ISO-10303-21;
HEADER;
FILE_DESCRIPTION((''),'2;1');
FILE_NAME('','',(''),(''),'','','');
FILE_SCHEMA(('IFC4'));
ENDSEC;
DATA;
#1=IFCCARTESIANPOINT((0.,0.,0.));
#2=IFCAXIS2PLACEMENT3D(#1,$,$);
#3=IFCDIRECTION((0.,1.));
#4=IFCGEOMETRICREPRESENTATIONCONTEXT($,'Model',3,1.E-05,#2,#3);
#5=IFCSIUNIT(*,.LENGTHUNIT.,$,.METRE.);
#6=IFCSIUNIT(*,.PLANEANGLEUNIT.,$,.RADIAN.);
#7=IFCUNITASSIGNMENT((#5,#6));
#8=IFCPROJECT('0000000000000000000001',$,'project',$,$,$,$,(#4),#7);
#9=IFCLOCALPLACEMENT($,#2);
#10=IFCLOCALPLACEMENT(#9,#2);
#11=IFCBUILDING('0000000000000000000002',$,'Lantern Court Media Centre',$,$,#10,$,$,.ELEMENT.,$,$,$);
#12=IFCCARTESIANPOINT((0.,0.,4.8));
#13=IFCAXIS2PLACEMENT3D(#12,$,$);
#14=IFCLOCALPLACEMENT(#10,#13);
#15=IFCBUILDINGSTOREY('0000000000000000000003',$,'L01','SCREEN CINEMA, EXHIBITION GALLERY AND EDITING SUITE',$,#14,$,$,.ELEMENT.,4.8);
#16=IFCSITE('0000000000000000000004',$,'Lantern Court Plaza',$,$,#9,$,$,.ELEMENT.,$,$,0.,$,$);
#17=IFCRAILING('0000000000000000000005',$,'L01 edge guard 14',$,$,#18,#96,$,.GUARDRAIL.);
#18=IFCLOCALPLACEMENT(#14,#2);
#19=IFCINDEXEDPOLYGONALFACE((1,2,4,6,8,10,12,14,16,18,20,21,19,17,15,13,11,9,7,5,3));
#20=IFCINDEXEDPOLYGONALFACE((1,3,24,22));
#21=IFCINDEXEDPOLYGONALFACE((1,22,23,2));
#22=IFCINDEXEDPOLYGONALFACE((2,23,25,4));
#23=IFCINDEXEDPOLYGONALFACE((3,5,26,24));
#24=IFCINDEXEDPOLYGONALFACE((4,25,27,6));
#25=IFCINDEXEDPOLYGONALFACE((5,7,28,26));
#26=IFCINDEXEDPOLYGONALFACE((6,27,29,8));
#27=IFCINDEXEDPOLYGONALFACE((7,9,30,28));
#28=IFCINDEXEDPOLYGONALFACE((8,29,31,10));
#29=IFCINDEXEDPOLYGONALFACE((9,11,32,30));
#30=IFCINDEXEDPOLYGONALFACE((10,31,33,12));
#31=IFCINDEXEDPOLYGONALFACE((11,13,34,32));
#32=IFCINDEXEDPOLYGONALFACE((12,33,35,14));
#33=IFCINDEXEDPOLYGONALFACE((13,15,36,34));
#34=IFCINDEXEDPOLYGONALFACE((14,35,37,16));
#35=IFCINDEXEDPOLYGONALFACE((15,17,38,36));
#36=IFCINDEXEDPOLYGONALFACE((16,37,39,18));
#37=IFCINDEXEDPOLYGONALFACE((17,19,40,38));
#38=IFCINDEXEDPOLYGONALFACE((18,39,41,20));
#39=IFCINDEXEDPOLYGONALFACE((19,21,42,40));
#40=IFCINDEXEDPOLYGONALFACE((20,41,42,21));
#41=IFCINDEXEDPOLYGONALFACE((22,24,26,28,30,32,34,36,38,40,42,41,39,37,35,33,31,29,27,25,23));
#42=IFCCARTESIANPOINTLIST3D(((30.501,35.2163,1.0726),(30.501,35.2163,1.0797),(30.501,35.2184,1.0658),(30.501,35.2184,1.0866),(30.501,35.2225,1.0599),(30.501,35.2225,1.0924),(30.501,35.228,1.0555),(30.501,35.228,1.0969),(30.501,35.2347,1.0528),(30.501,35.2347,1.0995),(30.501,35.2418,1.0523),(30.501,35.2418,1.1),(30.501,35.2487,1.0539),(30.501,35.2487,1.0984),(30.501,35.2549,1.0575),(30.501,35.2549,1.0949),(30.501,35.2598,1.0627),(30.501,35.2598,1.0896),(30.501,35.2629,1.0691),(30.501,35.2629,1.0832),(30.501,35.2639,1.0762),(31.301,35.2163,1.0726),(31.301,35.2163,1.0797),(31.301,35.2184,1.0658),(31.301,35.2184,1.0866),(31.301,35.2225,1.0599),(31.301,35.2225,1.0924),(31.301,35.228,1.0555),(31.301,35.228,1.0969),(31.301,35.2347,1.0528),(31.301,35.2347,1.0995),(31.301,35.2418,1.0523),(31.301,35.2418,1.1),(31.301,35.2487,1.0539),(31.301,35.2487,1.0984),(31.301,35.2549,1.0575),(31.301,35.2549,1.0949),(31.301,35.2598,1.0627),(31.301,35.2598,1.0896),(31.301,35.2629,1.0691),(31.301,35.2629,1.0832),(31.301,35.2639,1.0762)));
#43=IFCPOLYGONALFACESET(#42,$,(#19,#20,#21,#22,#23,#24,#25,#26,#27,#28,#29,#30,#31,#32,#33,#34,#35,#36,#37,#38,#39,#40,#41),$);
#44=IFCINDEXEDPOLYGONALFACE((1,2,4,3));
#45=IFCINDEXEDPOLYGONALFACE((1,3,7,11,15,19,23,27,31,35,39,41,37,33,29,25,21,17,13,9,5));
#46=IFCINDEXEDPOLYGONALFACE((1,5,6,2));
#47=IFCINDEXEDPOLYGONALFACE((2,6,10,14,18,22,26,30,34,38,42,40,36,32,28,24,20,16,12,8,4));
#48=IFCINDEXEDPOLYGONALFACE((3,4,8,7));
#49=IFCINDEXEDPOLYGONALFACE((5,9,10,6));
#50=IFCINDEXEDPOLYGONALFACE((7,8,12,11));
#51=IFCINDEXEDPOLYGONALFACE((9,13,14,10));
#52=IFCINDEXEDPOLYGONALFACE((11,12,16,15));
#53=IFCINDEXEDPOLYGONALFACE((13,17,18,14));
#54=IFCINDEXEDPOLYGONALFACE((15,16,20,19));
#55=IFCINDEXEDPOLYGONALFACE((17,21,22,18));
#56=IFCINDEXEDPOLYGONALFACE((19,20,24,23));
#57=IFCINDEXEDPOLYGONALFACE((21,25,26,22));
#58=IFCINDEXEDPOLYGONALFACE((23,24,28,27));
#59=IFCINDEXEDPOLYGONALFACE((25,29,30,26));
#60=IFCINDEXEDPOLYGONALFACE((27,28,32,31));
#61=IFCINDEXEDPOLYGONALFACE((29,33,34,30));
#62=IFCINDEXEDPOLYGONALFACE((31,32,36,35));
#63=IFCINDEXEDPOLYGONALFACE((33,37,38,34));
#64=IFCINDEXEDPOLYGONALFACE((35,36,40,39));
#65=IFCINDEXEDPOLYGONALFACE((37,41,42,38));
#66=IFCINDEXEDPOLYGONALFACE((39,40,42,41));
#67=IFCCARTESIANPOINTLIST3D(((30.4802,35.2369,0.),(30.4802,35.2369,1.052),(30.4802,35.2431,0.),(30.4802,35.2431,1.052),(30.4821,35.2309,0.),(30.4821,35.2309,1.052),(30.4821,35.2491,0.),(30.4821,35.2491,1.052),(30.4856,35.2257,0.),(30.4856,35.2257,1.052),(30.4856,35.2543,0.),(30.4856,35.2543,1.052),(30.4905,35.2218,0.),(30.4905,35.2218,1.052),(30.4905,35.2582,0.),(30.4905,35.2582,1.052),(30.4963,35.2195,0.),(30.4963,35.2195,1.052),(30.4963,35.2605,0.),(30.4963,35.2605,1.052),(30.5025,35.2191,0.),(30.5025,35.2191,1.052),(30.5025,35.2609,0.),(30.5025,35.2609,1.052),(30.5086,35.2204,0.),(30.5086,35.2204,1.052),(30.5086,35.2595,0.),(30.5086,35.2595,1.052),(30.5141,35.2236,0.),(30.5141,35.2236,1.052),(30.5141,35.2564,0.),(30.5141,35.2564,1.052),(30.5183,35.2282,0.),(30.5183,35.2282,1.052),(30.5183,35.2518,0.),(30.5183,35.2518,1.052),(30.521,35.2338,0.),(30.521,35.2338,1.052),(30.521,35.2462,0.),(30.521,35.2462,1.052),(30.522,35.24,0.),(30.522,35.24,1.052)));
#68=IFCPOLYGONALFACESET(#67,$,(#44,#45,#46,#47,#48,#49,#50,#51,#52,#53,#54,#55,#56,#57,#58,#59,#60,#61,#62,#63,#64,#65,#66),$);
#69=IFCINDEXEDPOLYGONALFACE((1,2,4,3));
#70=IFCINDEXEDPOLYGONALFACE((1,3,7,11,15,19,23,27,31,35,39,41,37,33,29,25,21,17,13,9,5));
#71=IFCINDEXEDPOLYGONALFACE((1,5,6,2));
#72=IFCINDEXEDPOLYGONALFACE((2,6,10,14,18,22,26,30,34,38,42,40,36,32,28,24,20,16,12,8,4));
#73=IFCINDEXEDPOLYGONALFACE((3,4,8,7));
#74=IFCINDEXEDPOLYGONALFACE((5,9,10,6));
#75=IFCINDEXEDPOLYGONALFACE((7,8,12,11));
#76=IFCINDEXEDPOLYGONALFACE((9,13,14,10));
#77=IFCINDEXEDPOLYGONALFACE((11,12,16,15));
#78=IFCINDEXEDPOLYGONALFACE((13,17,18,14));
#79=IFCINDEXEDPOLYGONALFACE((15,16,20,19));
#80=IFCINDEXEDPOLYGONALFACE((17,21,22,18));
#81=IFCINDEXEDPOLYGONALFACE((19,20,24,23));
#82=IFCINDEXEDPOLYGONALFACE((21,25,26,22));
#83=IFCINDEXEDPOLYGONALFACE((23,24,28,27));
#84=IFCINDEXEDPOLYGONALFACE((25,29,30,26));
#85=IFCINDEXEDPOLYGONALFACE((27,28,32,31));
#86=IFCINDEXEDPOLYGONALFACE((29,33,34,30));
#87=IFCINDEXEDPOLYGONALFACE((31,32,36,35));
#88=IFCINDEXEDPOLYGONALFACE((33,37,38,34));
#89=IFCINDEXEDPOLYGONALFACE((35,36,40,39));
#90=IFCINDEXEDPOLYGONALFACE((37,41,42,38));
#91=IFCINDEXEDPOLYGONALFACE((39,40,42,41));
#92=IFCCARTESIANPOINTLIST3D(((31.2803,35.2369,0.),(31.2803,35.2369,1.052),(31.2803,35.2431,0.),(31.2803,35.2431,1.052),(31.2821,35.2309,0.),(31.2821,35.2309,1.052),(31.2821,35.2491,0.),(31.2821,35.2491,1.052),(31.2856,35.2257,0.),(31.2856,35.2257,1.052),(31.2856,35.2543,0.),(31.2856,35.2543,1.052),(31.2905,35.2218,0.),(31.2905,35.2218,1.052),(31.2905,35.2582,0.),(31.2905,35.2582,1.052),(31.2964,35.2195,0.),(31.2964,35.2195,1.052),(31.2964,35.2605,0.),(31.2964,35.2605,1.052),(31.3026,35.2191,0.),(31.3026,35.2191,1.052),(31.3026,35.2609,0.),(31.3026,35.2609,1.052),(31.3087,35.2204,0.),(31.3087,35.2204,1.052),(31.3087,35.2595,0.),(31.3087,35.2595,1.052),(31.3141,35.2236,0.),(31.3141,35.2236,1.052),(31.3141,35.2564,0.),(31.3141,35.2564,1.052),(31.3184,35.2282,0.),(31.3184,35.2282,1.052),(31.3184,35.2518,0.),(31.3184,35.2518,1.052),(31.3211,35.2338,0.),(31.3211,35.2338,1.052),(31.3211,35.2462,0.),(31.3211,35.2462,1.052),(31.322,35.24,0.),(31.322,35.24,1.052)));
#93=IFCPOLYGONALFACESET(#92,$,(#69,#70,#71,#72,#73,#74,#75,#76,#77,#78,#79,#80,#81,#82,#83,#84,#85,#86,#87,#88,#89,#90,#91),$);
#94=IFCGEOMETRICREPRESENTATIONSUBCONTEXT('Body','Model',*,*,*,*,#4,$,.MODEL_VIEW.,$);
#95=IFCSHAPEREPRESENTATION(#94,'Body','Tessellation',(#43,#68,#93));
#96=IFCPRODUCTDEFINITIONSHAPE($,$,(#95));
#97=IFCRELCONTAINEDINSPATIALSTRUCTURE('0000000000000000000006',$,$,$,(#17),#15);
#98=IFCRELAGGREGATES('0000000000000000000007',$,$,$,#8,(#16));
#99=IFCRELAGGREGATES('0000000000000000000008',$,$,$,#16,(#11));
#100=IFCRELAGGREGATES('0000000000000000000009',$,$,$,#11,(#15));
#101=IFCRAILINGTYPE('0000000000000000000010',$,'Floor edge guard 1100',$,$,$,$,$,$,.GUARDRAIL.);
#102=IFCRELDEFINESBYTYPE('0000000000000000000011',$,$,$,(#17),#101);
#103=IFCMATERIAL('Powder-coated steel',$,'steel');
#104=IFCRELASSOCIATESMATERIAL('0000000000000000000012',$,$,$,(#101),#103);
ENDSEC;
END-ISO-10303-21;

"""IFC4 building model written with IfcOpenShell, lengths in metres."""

from ifc_helpers import new_model, si_unit, direction, frame, origin, origin_2d, place, context, subcontext, project, spatial, circle, extrude, material, type_object, element, save


model = new_model("IFC4")

# Units and contexts
model_context = context("Model", 3, precision=1e-05, world=origin(), true_north=direction((0.0, 1.0)))
body_context = subcontext(model_context, "Body", "Model", "MODEL_VIEW")
ifc_project = project(units=[si_unit("LENGTHUNIT", "METRE"), si_unit("PLANEANGLEUNIT", "RADIAN")], contexts=[model_context])

# Site, building, storey
site_placement = place(None, origin())
site = spatial("IfcSite", under=ifc_project, at=site_placement, Name="Lantern Court Plaza", CompositionType="ELEMENT", RefElevation=0.0)
building_placement = place(site_placement, origin())
building = spatial("IfcBuilding", under=site, at=building_placement, Name="Lantern Court Media Centre", CompositionType="ELEMENT")
storey_placement = place(building_placement, frame((0.0, 0.0, 4.8)))
storey = spatial("IfcBuildingStorey", under=building, at=storey_placement, Name="L01", Description="SCREEN CINEMA, EXHIBITION GALLERY AND EDITING SUITE", CompositionType="ELEMENT", Elevation=4.8)

# Railing
ifc_material_1 = material(Name="Powder-coated steel", Category="steel")
railing_type_1 = type_object("IfcRailingType", Name="Floor edge guard 1100", PredefinedType="GUARDRAIL", material=ifc_material_1)
railing_1_placement = place(storey_placement, frame((30.501, 35.24, 0.0)))
element("IfcRailing", 1, at=railing_1_placement, inside=storey, type_object=railing_type_1, Name="L01 edge guard 14", PredefinedType="GUARDRAIL", context=body_context, shape_type="SweptSolid", body=[
    extrude(circle(Radius=0.0239, at=origin_2d()), frame((0.0, 0.0, 1.0762), z_axis=(1.0, 0.0, 0.0), x_axis=(0.0, 1.0, 0.0)), (0.0, 0.0, 1.0), 0.8),
    extrude(circle(Radius=0.021, at=origin_2d()), origin(), (0.0, 0.0, 1.0), 1.052),
    extrude(circle(Radius=0.021, at=origin_2d()), frame((0.8, 0.0, 0.0)), (0.0, 0.0, 1.0), 1.052),
])

save(model, "model.ifc")
